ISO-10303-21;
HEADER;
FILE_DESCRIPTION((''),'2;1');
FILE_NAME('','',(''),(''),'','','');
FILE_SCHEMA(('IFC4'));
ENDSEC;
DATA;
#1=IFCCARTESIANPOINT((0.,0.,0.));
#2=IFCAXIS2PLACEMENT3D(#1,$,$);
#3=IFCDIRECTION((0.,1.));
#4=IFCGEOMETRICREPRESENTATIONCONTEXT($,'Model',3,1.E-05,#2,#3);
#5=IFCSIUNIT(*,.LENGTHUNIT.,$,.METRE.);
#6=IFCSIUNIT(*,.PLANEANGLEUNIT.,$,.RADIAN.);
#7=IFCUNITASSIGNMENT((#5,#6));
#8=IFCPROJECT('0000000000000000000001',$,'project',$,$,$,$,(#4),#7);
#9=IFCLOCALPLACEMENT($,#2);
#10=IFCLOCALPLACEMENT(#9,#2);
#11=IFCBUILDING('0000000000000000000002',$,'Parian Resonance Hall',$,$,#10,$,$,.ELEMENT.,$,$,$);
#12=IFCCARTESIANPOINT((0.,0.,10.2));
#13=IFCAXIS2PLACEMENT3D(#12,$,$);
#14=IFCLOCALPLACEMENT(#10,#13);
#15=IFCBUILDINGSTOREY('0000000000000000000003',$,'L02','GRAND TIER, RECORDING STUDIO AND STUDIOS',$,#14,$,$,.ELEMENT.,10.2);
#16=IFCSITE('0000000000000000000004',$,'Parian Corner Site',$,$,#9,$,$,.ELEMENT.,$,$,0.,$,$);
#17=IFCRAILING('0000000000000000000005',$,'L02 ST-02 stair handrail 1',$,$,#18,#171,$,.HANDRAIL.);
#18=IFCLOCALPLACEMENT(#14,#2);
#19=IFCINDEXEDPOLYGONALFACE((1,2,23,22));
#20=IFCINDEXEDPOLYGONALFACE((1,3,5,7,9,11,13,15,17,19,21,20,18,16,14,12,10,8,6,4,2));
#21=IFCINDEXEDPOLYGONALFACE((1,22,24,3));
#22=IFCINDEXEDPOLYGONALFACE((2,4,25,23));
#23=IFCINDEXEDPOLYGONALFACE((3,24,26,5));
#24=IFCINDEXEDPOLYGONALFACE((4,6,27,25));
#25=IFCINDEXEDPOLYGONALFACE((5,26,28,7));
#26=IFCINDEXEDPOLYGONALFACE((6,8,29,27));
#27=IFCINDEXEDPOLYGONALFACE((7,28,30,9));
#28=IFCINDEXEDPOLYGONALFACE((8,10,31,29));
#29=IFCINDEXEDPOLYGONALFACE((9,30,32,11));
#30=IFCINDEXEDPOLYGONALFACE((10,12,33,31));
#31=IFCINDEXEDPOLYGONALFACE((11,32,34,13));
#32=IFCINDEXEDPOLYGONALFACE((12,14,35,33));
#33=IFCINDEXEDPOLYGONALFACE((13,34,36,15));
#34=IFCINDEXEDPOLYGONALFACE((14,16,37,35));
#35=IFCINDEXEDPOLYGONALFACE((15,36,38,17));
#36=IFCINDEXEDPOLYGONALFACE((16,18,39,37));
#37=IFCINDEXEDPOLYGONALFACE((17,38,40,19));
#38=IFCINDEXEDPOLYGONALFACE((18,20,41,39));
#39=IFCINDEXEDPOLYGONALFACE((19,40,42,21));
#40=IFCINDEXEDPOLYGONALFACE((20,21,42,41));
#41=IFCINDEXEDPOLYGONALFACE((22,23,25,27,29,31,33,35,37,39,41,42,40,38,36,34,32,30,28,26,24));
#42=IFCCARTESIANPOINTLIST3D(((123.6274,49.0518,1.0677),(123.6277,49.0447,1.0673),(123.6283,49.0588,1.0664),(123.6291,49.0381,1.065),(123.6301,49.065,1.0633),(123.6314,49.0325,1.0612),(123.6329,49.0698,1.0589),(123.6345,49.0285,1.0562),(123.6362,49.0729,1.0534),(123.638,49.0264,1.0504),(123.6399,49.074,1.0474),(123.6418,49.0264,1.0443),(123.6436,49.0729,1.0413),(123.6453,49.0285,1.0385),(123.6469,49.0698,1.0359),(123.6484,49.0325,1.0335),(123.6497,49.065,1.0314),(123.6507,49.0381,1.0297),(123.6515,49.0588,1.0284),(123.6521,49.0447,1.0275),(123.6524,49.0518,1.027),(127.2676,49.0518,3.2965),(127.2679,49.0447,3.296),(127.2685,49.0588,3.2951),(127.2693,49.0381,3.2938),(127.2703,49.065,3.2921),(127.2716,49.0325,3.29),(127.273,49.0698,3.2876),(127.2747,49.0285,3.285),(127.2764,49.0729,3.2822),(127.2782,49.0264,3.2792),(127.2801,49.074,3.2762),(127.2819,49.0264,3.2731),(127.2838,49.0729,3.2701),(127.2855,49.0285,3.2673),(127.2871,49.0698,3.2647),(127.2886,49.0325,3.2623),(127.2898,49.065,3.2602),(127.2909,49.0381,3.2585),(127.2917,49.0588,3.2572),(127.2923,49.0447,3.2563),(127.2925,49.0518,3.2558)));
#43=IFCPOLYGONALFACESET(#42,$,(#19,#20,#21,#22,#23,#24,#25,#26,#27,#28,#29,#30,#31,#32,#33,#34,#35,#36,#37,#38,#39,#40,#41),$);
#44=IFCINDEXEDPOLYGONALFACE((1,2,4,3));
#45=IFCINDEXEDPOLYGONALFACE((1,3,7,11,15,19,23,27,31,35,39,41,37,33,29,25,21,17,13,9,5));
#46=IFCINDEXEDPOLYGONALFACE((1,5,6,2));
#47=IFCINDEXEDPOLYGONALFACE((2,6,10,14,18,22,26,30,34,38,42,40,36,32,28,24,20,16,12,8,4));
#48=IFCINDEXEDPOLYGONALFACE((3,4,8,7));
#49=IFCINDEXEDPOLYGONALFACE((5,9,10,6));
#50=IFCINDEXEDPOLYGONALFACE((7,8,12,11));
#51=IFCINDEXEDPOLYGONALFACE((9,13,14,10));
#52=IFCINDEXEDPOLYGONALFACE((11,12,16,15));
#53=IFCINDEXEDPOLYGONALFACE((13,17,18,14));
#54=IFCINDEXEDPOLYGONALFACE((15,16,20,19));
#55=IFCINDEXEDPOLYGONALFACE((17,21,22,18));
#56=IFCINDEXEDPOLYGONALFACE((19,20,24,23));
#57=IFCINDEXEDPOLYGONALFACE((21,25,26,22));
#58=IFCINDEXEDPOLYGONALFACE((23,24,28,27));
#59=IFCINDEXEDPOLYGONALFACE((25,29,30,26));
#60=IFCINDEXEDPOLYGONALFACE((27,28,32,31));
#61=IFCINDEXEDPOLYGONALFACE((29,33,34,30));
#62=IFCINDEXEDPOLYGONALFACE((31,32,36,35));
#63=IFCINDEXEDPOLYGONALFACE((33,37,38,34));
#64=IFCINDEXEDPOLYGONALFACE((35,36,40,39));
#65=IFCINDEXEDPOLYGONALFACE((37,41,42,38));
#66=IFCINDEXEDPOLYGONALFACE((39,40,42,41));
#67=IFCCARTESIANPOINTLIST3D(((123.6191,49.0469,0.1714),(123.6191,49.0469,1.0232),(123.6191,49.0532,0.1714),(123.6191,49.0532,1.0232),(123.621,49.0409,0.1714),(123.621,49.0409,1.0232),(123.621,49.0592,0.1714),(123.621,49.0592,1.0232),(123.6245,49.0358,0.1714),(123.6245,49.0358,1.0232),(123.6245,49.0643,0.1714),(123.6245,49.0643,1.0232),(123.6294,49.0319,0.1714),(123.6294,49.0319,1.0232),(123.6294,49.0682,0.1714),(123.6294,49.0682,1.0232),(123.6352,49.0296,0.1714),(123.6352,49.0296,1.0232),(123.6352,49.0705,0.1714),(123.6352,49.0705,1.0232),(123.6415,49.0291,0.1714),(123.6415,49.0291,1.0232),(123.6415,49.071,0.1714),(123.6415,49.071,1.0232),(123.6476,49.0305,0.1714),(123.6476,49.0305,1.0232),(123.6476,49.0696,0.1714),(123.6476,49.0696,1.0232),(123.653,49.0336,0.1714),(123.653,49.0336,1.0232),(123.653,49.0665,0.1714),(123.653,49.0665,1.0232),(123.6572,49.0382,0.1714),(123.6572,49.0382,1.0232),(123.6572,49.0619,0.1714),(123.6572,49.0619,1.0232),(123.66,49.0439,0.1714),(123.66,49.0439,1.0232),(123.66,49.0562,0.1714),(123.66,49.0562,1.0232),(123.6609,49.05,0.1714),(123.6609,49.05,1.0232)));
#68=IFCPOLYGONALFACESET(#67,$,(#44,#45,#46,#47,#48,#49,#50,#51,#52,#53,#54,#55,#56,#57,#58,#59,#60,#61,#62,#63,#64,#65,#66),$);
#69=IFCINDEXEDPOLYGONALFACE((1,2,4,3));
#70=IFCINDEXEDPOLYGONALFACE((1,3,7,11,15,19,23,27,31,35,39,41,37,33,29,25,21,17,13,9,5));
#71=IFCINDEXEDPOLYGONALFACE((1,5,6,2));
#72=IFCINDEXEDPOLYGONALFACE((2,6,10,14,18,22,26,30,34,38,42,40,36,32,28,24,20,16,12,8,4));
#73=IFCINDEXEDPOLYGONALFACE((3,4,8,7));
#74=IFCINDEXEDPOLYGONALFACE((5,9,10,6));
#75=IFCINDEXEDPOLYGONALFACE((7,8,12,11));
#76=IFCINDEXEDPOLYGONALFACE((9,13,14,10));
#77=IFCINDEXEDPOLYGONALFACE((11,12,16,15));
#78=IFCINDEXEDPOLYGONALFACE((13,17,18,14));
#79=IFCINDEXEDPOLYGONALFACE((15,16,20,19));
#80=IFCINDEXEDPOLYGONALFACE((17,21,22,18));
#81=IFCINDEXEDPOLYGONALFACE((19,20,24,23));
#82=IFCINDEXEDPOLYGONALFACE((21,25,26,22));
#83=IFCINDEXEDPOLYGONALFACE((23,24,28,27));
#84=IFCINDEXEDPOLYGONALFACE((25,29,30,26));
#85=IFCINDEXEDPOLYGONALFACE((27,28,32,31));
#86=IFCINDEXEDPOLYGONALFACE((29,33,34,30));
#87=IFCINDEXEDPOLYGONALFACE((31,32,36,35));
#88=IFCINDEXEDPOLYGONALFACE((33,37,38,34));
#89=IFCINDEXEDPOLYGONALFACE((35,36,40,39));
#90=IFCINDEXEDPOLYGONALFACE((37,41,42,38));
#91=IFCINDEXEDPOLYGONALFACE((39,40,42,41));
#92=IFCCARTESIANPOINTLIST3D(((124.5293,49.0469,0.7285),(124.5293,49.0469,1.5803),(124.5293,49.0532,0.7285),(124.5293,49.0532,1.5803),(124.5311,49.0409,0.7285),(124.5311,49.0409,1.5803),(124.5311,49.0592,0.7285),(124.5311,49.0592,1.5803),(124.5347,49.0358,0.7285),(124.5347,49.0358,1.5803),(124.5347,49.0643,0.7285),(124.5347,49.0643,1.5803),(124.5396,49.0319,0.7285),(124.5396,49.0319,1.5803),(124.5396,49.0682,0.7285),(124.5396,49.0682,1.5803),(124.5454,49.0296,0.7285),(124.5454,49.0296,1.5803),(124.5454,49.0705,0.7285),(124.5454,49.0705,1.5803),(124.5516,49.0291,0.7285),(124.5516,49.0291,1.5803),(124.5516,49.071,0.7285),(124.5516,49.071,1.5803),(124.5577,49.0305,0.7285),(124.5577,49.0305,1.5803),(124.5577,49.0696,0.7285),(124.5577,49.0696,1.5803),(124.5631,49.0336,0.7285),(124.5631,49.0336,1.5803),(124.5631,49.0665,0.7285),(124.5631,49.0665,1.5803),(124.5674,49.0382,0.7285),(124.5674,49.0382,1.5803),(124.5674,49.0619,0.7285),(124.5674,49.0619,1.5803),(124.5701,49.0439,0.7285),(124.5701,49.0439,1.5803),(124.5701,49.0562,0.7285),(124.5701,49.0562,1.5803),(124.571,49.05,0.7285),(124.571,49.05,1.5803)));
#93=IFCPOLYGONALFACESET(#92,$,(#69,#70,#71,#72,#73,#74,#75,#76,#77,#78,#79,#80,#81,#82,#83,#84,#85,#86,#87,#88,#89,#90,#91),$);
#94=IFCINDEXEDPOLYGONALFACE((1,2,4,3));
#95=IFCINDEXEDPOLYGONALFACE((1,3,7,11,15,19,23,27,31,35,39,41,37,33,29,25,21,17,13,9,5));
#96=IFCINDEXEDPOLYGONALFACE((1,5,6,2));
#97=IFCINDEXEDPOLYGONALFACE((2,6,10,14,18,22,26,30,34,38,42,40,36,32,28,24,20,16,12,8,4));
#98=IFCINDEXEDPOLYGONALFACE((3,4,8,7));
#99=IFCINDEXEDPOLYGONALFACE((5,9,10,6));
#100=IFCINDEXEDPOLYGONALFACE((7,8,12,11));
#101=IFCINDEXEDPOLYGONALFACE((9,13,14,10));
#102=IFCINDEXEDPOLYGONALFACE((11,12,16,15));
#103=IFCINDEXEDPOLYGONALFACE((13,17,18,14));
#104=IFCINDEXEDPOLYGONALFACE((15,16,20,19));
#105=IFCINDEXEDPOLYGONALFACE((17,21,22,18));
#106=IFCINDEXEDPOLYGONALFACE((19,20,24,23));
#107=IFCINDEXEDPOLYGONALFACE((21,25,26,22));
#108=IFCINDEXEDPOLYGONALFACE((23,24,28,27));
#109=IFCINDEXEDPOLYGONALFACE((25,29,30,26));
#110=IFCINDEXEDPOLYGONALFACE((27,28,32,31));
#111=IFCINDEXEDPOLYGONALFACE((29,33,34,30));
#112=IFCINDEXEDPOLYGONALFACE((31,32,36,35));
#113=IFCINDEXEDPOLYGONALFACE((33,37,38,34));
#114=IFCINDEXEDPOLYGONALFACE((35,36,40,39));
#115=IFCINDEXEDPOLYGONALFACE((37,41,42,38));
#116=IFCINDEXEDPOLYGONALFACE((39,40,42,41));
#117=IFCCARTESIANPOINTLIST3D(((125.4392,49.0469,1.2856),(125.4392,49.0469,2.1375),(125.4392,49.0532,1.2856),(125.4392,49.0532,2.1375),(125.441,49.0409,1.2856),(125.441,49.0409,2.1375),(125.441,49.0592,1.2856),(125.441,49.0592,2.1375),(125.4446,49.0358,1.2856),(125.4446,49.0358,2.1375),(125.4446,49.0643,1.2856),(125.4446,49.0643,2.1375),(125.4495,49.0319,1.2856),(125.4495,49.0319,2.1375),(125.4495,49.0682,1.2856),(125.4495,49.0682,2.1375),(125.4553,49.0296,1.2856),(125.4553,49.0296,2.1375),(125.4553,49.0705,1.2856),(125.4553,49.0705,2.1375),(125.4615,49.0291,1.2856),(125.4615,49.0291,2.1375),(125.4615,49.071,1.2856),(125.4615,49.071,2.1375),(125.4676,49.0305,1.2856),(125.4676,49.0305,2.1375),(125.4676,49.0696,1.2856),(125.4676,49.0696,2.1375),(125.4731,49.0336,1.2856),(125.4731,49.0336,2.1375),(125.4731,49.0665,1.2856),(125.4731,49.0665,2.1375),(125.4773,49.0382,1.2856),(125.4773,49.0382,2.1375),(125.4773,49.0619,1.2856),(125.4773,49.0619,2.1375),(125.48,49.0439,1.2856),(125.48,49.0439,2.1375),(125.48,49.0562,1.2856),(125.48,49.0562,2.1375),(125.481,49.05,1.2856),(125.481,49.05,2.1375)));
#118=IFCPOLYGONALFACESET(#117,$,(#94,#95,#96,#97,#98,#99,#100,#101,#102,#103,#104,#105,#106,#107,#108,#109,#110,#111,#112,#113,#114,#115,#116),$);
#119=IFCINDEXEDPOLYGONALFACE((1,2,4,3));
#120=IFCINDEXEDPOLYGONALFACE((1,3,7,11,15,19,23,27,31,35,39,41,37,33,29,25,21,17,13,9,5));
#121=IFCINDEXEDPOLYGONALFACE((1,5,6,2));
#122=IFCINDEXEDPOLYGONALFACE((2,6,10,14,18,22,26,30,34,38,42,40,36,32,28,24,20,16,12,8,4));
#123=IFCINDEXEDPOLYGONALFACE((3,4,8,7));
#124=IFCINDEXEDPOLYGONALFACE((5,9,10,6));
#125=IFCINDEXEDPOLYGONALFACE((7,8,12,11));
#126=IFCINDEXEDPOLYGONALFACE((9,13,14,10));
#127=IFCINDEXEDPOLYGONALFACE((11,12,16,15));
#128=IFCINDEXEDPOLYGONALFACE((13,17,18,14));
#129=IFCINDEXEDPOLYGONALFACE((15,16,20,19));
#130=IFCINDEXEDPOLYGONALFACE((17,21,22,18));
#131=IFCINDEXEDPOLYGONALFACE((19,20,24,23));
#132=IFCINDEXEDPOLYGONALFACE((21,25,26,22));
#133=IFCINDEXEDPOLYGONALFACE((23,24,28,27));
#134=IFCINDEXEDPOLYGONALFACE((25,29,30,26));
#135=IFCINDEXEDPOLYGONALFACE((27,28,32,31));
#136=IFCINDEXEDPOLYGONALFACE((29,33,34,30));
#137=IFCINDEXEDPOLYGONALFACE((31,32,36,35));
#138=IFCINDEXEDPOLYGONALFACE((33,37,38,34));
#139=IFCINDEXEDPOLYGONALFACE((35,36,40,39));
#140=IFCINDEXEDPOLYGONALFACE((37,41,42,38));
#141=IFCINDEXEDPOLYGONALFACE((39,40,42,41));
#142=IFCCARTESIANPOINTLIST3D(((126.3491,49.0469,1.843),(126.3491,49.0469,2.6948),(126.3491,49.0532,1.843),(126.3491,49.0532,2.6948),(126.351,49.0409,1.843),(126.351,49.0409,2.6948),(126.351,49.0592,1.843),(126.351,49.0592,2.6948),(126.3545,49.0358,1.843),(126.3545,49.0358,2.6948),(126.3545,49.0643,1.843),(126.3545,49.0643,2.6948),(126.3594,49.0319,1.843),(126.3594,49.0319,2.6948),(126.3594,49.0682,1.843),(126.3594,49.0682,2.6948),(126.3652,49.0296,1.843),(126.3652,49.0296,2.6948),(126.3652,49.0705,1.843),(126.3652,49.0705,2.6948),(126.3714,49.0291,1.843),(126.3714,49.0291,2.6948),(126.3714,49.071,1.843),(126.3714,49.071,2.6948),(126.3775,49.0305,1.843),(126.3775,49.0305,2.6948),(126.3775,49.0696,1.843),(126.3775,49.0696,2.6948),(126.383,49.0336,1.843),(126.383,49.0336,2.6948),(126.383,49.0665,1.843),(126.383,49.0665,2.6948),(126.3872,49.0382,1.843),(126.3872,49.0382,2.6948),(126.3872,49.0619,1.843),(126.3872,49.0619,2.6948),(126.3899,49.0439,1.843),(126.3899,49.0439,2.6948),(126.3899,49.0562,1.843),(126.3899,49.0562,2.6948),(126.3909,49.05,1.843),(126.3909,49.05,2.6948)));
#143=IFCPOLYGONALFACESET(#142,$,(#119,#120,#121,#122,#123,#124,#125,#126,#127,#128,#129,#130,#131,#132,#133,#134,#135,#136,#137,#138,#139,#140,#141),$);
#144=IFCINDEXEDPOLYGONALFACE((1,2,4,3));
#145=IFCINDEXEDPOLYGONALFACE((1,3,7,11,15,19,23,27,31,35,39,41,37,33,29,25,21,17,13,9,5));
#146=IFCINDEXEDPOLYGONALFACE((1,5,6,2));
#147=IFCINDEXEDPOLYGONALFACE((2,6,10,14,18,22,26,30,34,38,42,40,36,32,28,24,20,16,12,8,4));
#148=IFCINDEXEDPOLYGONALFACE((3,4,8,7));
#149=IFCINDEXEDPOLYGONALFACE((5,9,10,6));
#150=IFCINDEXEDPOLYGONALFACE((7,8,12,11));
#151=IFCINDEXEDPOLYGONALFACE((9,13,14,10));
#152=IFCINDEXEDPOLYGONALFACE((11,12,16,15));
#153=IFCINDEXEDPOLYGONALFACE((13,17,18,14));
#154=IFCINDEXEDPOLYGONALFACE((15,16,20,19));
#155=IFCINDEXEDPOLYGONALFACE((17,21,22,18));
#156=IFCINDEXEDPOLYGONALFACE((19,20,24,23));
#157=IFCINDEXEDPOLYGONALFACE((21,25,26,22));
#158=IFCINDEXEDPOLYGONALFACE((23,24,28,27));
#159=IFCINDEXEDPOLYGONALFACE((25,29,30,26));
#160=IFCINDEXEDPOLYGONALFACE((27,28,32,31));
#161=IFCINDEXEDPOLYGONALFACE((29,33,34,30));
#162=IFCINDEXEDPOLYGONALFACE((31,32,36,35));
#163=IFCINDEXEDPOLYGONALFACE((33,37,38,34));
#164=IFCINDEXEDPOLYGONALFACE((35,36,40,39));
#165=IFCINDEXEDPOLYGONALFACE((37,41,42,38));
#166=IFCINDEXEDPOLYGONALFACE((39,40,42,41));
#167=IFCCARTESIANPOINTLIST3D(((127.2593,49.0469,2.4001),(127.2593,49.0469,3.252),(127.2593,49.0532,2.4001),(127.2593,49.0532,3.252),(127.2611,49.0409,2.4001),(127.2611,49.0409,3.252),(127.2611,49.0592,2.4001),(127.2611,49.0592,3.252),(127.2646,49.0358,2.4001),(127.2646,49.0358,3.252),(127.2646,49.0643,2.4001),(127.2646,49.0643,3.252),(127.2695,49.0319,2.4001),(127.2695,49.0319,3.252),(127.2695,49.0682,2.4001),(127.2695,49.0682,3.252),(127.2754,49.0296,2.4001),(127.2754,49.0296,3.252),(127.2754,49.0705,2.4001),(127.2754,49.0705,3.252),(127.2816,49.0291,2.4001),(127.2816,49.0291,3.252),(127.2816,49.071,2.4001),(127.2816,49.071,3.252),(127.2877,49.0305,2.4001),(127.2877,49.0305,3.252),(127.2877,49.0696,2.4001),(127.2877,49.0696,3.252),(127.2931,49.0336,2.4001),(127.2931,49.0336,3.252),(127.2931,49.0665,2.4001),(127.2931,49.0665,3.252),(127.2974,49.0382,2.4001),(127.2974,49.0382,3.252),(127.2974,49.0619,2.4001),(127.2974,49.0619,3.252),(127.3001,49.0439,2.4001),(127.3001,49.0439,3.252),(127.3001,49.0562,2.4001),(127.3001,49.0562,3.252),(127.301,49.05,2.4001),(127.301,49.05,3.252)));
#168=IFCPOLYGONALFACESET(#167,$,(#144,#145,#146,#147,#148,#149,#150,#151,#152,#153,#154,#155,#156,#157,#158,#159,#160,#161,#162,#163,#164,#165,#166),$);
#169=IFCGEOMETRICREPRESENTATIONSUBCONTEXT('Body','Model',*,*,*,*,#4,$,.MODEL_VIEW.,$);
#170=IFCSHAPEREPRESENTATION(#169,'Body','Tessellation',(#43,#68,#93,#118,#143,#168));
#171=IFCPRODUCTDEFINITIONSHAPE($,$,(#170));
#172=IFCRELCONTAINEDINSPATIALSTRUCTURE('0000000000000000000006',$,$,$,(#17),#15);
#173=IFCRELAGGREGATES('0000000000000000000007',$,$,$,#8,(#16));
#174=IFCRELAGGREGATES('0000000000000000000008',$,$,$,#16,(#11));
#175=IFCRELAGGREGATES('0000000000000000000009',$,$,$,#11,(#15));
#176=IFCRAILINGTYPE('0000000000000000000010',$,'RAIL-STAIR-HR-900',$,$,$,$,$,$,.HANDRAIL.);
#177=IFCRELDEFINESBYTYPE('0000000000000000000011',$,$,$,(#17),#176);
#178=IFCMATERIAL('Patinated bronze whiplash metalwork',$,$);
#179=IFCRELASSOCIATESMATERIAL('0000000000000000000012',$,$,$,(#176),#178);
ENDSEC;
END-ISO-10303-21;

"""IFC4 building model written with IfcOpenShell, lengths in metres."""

from ifc_helpers import new_model, si_unit, direction, frame, origin, origin_2d, place, context, subcontext, project, spatial, circle, extrude, material, type_object, element, save


model = new_model("IFC4")

# Units and contexts
model_context = context("Model", 3, precision=1e-05, world=origin(), true_north=direction((0.0, 1.0)))
body_context = subcontext(model_context, "Body", "Model", "MODEL_VIEW")
ifc_project = project(units=[si_unit("LENGTHUNIT", "METRE"), si_unit("PLANEANGLEUNIT", "RADIAN")], contexts=[model_context])

# Site, building, storey
site_placement = place(None, origin())
site = spatial("IfcSite", under=ifc_project, at=site_placement, Name="Parian Corner Site", CompositionType="ELEMENT", RefElevation=0.0)
building_placement = place(site_placement, origin())
building = spatial("IfcBuilding", under=site, at=building_placement, Name="Parian Resonance Hall", CompositionType="ELEMENT")
storey_placement = place(building_placement, frame((0.0, 0.0, 10.2)))
storey = spatial("IfcBuildingStorey", under=building, at=storey_placement, Name="L02", Description="GRAND TIER, RECORDING STUDIO AND STUDIOS", CompositionType="ELEMENT", Elevation=10.2)

# Railing
ifc_material_1 = material(Name="Patinated bronze whiplash metalwork")
railing_type_1 = type_object("IfcRailingType", Name="RAIL-STAIR-HR-900", PredefinedType="HANDRAIL", material=ifc_material_1)
railing_1_placement = place(storey_placement, frame((123.6399, 49.05, 0.1714)))
element("IfcRailing", 1, at=railing_1_placement, inside=storey, type_object=railing_type_1, Name="L02 ST-02 stair handrail 1", PredefinedType="HANDRAIL", context=body_context, shape_type="SweptSolid", body=[
    extrude(circle(Radius=0.0239, at=origin_2d()), frame((0.0, 0.0, 0.876), z_axis=(0.85284, 0.0, 0.522172), x_axis=(0.0, 1.0, 0.0)), (0.0, 0.0, 1.0), 4.2683),
    extrude(circle(Radius=0.021, at=origin_2d()), origin(), (0.0, 0.0, 1.0), 0.8518),
    extrude(circle(Radius=0.021, at=origin_2d()), frame((0.9102, 0.0, 0.5571)), (0.0, 0.0, 1.0), 0.8518),
    extrude(circle(Radius=0.021, at=origin_2d()), frame((1.8201, 0.0, 1.1143)), (0.0, 0.0, 1.0), 0.8518),
    extrude(circle(Radius=0.021, at=origin_2d()), frame((2.73, 0.0, 1.6716)), (0.0, 0.0, 1.0), 0.8518),
    extrude(circle(Radius=0.021, at=origin_2d()), frame((3.6401, 0.0, 2.2288)), (0.0, 0.0, 1.0), 0.8518),
])

save(model, "model.ifc")
